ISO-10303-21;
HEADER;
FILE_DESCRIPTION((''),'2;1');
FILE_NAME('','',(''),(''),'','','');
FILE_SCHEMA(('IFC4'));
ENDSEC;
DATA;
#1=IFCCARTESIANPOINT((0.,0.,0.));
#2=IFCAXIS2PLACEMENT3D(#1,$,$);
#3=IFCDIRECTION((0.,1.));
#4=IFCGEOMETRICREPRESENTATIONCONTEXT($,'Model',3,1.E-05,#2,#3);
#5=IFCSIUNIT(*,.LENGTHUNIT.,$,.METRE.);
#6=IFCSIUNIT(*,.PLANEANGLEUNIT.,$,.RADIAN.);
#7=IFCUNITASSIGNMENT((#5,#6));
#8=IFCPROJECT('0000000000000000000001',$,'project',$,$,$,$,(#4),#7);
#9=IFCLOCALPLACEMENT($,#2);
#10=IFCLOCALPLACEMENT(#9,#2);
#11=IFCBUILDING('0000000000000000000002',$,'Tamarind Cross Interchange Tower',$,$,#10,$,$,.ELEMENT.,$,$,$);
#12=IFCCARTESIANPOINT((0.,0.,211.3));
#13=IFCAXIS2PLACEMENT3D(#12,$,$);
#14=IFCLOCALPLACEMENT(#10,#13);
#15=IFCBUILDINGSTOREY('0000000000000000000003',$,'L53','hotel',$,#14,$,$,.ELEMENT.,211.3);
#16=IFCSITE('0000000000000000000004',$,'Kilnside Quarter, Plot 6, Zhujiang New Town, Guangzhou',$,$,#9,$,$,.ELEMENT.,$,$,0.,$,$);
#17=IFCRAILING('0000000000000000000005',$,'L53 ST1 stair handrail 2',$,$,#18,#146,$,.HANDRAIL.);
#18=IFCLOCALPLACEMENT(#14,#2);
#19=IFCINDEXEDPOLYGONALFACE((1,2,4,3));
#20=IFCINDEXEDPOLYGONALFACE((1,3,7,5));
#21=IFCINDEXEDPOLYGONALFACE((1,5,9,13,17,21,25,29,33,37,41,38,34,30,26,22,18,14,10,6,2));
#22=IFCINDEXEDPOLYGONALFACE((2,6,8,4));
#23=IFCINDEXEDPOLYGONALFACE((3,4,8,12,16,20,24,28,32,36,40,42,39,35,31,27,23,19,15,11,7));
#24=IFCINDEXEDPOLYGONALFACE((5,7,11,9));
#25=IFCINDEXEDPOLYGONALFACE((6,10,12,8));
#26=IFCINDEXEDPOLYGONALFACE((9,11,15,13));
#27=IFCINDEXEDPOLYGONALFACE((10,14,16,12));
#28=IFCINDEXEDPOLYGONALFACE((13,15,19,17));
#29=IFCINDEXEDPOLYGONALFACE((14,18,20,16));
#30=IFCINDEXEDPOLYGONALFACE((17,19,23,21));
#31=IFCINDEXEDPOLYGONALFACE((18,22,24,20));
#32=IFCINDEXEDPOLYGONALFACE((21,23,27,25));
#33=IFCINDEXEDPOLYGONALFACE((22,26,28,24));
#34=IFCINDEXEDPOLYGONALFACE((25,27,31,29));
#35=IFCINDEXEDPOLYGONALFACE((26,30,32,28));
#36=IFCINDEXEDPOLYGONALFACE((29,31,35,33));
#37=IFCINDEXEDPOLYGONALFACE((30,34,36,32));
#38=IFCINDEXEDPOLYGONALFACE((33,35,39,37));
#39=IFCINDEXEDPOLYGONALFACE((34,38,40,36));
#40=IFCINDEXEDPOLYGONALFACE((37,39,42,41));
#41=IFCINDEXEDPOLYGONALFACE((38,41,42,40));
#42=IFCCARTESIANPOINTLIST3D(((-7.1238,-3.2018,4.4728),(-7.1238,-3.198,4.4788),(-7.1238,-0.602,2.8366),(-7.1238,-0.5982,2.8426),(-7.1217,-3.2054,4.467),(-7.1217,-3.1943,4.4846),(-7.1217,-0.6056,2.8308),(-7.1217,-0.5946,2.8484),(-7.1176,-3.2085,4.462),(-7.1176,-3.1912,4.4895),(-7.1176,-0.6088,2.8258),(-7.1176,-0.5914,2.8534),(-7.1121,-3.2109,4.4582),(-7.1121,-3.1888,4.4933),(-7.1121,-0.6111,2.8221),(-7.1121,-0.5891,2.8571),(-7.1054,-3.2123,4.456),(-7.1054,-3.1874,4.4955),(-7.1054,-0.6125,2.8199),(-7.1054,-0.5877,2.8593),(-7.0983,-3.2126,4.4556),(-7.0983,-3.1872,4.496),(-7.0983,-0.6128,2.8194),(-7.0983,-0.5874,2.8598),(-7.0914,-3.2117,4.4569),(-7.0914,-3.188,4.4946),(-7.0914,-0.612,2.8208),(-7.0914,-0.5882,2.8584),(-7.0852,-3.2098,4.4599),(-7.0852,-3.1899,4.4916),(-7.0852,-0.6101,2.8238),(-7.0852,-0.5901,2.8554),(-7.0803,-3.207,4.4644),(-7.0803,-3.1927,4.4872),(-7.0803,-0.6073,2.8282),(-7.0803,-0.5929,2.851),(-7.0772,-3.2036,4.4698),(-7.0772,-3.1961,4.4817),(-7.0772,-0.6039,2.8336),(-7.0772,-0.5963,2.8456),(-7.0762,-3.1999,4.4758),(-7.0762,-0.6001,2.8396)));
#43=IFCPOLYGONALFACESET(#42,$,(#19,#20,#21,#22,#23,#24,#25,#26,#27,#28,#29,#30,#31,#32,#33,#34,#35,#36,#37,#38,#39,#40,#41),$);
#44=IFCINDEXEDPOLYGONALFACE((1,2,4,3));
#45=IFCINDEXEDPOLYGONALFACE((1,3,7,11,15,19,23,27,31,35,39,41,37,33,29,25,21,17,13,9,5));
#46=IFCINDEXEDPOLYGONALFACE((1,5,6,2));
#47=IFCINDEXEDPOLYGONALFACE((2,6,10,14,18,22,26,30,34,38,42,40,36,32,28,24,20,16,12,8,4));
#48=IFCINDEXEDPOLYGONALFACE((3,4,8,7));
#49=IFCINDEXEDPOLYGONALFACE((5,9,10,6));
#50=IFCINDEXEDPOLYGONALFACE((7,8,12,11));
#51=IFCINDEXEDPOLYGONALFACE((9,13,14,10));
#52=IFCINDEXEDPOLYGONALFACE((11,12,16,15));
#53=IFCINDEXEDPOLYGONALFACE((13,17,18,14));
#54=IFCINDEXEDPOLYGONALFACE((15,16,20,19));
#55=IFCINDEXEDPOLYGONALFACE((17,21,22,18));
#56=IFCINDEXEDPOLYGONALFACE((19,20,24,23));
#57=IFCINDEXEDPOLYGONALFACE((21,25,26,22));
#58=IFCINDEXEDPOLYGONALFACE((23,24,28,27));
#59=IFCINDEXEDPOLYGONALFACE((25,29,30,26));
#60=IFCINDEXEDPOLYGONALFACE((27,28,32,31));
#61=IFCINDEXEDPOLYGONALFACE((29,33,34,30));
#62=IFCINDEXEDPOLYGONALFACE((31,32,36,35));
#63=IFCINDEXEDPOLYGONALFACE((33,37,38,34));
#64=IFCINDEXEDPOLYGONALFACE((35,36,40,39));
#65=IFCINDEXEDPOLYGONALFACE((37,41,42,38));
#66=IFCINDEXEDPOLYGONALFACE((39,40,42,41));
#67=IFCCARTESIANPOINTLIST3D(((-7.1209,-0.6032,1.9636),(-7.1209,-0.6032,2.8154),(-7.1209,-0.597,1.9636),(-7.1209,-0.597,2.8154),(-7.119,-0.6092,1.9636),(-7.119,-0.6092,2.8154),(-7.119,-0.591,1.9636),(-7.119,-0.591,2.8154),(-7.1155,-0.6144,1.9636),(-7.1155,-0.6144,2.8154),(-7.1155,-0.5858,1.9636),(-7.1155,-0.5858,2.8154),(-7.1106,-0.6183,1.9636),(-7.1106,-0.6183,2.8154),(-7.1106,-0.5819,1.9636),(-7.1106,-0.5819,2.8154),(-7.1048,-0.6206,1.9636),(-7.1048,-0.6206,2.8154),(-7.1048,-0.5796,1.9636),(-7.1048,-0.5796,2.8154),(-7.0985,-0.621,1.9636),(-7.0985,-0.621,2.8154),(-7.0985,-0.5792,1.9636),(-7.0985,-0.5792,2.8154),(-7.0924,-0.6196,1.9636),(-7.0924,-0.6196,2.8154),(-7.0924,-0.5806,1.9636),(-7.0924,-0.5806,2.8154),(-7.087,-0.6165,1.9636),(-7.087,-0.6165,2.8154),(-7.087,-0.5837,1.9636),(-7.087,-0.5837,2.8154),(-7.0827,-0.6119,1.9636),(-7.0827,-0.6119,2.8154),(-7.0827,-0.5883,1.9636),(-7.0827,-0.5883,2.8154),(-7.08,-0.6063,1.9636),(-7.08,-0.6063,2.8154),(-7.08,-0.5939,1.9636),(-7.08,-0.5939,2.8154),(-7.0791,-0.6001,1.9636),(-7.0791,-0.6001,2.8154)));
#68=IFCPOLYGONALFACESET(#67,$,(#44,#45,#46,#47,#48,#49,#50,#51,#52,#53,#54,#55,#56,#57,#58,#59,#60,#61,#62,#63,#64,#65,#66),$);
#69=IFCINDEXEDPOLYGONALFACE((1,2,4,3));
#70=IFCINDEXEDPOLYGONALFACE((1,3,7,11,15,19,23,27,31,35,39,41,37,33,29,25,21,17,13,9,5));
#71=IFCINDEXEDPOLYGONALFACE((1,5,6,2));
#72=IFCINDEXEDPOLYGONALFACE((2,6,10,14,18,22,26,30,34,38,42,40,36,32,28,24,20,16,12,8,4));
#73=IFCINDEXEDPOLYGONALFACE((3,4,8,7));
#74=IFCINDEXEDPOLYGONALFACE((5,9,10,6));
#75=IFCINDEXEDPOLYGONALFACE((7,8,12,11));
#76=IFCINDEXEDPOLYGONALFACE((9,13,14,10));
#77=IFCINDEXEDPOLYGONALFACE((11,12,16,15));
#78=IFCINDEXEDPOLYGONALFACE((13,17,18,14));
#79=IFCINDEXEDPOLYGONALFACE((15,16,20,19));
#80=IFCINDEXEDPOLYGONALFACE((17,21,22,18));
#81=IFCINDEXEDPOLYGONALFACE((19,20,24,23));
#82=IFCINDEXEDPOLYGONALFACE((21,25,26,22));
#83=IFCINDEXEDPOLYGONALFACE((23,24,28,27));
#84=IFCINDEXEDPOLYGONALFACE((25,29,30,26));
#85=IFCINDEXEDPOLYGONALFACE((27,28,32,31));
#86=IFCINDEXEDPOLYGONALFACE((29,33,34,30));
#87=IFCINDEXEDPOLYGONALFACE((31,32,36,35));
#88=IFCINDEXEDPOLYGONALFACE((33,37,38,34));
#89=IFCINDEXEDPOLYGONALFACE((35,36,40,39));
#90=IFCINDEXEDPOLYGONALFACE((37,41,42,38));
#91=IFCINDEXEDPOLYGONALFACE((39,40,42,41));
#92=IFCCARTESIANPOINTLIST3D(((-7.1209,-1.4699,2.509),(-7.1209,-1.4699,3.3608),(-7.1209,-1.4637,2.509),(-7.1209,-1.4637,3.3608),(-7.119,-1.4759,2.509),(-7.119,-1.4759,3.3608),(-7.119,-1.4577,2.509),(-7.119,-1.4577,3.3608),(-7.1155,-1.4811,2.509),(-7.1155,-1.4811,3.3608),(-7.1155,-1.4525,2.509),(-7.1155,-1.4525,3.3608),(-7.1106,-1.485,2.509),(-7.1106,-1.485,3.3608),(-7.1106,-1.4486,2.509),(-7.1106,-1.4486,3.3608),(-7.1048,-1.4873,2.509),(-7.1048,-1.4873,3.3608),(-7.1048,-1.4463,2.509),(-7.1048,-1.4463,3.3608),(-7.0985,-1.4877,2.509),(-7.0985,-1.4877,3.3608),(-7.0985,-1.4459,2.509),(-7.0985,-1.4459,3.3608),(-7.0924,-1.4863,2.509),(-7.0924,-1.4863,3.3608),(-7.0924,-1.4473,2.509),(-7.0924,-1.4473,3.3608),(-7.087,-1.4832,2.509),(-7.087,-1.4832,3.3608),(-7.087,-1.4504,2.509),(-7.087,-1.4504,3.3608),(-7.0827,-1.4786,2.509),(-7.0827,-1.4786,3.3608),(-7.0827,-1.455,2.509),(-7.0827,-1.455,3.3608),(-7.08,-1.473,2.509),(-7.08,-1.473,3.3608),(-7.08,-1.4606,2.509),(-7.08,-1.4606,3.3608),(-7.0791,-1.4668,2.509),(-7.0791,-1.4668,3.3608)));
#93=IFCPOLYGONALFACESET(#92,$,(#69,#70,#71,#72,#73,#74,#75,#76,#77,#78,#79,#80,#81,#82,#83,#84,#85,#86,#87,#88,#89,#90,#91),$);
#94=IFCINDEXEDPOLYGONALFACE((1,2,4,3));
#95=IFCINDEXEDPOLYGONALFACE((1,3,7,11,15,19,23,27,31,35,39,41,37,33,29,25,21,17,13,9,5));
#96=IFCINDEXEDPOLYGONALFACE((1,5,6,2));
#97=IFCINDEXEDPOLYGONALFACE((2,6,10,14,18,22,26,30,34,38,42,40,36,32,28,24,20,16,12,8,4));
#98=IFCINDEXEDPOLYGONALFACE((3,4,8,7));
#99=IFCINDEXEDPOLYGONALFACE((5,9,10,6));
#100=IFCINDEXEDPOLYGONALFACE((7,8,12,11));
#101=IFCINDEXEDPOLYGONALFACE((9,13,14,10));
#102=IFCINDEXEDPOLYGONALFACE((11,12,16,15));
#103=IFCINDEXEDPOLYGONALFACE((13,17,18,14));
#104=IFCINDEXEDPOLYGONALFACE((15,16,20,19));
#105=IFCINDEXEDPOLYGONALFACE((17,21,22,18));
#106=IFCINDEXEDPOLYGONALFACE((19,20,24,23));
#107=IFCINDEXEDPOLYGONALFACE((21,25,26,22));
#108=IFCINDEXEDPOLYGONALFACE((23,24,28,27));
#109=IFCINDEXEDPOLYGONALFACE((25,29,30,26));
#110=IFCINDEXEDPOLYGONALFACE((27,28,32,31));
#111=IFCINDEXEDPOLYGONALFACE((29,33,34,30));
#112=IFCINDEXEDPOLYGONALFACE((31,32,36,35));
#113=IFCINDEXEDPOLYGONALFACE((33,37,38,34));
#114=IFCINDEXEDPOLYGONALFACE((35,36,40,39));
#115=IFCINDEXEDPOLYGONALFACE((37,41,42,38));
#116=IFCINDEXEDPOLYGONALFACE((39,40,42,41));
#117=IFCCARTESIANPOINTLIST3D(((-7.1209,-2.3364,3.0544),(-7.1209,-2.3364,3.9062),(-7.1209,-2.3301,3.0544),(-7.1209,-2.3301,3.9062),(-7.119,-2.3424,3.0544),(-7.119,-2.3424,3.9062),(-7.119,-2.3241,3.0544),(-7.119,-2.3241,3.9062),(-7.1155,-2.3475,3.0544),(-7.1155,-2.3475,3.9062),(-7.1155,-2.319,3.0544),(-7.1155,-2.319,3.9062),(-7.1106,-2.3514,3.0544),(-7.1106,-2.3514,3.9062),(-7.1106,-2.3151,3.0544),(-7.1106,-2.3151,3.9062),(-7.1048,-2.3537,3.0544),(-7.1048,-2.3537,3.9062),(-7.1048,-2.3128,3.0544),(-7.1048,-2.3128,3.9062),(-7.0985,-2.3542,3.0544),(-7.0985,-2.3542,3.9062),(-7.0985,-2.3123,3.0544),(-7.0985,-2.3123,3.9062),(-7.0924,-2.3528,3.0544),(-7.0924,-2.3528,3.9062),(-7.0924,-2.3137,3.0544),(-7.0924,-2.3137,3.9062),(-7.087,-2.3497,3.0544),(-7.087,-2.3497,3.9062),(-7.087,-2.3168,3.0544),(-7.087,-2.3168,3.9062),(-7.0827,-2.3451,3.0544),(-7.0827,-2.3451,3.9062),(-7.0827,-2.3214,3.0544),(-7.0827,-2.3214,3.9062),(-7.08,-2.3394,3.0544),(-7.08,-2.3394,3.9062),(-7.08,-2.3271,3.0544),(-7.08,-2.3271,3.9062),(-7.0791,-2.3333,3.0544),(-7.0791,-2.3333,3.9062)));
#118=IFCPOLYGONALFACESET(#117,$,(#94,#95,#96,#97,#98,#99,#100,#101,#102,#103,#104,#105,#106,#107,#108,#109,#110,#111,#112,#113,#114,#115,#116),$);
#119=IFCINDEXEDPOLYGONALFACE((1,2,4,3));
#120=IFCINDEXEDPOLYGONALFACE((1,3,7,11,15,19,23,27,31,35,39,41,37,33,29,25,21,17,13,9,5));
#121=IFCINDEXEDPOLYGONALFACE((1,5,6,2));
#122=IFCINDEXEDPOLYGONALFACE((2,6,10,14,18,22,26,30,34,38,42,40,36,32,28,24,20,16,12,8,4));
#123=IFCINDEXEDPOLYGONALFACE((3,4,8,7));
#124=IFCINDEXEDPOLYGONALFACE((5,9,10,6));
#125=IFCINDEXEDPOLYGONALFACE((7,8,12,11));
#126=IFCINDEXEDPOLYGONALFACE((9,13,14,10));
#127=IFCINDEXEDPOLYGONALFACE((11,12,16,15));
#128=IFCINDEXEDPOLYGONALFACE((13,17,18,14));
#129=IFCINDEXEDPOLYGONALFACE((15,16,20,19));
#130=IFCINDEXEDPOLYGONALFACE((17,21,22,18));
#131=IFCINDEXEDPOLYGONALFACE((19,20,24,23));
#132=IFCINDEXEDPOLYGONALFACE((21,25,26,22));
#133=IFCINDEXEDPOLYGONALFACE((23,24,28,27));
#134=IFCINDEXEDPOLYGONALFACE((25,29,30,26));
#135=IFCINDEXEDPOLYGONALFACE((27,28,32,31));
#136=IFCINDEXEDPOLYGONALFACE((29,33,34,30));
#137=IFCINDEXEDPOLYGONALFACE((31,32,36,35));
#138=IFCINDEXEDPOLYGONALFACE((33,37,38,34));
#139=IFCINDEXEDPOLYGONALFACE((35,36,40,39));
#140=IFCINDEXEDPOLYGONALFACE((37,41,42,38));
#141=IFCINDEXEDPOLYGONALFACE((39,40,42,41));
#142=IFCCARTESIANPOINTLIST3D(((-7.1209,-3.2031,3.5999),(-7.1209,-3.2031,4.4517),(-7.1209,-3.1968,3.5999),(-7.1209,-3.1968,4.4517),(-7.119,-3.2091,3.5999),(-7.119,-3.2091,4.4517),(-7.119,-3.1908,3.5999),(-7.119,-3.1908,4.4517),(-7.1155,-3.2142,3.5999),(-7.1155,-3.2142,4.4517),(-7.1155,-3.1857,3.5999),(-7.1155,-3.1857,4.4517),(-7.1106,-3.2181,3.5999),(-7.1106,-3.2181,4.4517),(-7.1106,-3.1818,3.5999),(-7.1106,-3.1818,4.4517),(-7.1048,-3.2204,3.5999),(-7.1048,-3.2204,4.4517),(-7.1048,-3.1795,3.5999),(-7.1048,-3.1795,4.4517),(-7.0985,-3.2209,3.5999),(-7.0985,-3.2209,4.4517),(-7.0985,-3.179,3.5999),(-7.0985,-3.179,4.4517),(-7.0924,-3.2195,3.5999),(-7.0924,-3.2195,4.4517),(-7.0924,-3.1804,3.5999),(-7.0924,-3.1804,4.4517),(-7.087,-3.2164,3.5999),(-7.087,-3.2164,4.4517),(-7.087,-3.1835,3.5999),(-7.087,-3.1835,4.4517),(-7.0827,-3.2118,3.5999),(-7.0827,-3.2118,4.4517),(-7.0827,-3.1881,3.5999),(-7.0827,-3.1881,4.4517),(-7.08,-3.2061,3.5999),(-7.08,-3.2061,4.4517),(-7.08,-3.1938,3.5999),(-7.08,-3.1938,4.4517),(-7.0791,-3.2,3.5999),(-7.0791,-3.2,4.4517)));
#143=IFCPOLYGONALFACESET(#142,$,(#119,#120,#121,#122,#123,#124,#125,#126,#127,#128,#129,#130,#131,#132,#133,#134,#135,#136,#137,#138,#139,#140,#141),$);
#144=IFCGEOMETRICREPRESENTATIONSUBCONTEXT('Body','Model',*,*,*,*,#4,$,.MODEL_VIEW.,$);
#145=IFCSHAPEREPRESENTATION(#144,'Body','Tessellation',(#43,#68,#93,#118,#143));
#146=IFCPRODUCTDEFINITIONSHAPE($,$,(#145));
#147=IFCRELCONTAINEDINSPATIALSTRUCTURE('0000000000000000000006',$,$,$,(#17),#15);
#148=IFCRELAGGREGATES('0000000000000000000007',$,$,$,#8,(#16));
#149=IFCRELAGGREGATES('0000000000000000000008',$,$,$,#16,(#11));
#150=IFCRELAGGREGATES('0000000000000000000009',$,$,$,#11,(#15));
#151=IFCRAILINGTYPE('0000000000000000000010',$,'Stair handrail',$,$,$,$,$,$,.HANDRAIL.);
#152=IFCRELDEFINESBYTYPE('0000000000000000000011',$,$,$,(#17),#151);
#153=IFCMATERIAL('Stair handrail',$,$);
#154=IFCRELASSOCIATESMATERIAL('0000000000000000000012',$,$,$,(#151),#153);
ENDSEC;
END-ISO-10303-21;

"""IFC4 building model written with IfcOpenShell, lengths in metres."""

from ifc_helpers import new_model, si_unit, direction, frame, origin, origin_2d, place, context, subcontext, project, spatial, circle, extrude, material, type_object, element, save


model = new_model("IFC4")

# Units and contexts
model_context = context("Model", 3, precision=1e-05, world=origin(), true_north=direction((0.0, 1.0)))
body_context = subcontext(model_context, "Body", "Model", "MODEL_VIEW")
ifc_project = project(units=[si_unit("LENGTHUNIT", "METRE"), si_unit("PLANEANGLEUNIT", "RADIAN")], contexts=[model_context])

# Site, building, storey
site_placement = place(None, origin())
site = spatial("IfcSite", under=ifc_project, at=site_placement, Name="Kilnside Quarter, Plot 6, Zhujiang New Town, Guangzhou", CompositionType="ELEMENT", RefElevation=0.0)
building_placement = place(site_placement, origin())
building = spatial("IfcBuilding", under=site, at=building_placement, Name="Tamarind Cross Interchange Tower", CompositionType="ELEMENT")
storey_placement = place(building_placement, frame((0.0, 0.0, 211.3)))
storey = spatial("IfcBuildingStorey", under=building, at=storey_placement, Name="L53", Description="hotel", CompositionType="ELEMENT", Elevation=211.3)

# Railing
ifc_material_1 = material(Name="Stair handrail")
railing_type_1 = type_object("IfcRailingType", Name="Stair handrail", PredefinedType="HANDRAIL", material=ifc_material_1)
railing_1_placement = place(storey_placement, frame((-7.1001, -0.6001, 1.9636)))
element("IfcRailing", 1, at=railing_1_placement, inside=storey, type_object=railing_type_1, Name="L53 ST1 stair handrail 2", PredefinedType="HANDRAIL", context=body_context, shape_type="SweptSolid", body=[
    extrude(circle(Radius=0.0239, at=origin_2d()), frame((0.0, 0.0, 0.876), z_axis=(0.0, -0.846338, 0.532647), x_axis=(1.0, 0.0, 0.0)), (0.0, 0.0, 1.0), 3.0718),
    extrude(circle(Radius=0.021, at=origin_2d()), origin(), (0.0, 0.0, 1.0), 0.8518),
    extrude(circle(Radius=0.021, at=origin_2d()), frame((0.0, -0.8667, 0.5454)), (0.0, 0.0, 1.0), 0.8518),
    extrude(circle(Radius=0.021, at=origin_2d()), frame((0.0, -1.7332, 1.0908)), (0.0, 0.0, 1.0), 0.8518),
    extrude(circle(Radius=0.021, at=origin_2d()), frame((0.0, -2.5999, 1.6362)), (0.0, 0.0, 1.0), 0.8518),
])

save(model, "model.ifc")
